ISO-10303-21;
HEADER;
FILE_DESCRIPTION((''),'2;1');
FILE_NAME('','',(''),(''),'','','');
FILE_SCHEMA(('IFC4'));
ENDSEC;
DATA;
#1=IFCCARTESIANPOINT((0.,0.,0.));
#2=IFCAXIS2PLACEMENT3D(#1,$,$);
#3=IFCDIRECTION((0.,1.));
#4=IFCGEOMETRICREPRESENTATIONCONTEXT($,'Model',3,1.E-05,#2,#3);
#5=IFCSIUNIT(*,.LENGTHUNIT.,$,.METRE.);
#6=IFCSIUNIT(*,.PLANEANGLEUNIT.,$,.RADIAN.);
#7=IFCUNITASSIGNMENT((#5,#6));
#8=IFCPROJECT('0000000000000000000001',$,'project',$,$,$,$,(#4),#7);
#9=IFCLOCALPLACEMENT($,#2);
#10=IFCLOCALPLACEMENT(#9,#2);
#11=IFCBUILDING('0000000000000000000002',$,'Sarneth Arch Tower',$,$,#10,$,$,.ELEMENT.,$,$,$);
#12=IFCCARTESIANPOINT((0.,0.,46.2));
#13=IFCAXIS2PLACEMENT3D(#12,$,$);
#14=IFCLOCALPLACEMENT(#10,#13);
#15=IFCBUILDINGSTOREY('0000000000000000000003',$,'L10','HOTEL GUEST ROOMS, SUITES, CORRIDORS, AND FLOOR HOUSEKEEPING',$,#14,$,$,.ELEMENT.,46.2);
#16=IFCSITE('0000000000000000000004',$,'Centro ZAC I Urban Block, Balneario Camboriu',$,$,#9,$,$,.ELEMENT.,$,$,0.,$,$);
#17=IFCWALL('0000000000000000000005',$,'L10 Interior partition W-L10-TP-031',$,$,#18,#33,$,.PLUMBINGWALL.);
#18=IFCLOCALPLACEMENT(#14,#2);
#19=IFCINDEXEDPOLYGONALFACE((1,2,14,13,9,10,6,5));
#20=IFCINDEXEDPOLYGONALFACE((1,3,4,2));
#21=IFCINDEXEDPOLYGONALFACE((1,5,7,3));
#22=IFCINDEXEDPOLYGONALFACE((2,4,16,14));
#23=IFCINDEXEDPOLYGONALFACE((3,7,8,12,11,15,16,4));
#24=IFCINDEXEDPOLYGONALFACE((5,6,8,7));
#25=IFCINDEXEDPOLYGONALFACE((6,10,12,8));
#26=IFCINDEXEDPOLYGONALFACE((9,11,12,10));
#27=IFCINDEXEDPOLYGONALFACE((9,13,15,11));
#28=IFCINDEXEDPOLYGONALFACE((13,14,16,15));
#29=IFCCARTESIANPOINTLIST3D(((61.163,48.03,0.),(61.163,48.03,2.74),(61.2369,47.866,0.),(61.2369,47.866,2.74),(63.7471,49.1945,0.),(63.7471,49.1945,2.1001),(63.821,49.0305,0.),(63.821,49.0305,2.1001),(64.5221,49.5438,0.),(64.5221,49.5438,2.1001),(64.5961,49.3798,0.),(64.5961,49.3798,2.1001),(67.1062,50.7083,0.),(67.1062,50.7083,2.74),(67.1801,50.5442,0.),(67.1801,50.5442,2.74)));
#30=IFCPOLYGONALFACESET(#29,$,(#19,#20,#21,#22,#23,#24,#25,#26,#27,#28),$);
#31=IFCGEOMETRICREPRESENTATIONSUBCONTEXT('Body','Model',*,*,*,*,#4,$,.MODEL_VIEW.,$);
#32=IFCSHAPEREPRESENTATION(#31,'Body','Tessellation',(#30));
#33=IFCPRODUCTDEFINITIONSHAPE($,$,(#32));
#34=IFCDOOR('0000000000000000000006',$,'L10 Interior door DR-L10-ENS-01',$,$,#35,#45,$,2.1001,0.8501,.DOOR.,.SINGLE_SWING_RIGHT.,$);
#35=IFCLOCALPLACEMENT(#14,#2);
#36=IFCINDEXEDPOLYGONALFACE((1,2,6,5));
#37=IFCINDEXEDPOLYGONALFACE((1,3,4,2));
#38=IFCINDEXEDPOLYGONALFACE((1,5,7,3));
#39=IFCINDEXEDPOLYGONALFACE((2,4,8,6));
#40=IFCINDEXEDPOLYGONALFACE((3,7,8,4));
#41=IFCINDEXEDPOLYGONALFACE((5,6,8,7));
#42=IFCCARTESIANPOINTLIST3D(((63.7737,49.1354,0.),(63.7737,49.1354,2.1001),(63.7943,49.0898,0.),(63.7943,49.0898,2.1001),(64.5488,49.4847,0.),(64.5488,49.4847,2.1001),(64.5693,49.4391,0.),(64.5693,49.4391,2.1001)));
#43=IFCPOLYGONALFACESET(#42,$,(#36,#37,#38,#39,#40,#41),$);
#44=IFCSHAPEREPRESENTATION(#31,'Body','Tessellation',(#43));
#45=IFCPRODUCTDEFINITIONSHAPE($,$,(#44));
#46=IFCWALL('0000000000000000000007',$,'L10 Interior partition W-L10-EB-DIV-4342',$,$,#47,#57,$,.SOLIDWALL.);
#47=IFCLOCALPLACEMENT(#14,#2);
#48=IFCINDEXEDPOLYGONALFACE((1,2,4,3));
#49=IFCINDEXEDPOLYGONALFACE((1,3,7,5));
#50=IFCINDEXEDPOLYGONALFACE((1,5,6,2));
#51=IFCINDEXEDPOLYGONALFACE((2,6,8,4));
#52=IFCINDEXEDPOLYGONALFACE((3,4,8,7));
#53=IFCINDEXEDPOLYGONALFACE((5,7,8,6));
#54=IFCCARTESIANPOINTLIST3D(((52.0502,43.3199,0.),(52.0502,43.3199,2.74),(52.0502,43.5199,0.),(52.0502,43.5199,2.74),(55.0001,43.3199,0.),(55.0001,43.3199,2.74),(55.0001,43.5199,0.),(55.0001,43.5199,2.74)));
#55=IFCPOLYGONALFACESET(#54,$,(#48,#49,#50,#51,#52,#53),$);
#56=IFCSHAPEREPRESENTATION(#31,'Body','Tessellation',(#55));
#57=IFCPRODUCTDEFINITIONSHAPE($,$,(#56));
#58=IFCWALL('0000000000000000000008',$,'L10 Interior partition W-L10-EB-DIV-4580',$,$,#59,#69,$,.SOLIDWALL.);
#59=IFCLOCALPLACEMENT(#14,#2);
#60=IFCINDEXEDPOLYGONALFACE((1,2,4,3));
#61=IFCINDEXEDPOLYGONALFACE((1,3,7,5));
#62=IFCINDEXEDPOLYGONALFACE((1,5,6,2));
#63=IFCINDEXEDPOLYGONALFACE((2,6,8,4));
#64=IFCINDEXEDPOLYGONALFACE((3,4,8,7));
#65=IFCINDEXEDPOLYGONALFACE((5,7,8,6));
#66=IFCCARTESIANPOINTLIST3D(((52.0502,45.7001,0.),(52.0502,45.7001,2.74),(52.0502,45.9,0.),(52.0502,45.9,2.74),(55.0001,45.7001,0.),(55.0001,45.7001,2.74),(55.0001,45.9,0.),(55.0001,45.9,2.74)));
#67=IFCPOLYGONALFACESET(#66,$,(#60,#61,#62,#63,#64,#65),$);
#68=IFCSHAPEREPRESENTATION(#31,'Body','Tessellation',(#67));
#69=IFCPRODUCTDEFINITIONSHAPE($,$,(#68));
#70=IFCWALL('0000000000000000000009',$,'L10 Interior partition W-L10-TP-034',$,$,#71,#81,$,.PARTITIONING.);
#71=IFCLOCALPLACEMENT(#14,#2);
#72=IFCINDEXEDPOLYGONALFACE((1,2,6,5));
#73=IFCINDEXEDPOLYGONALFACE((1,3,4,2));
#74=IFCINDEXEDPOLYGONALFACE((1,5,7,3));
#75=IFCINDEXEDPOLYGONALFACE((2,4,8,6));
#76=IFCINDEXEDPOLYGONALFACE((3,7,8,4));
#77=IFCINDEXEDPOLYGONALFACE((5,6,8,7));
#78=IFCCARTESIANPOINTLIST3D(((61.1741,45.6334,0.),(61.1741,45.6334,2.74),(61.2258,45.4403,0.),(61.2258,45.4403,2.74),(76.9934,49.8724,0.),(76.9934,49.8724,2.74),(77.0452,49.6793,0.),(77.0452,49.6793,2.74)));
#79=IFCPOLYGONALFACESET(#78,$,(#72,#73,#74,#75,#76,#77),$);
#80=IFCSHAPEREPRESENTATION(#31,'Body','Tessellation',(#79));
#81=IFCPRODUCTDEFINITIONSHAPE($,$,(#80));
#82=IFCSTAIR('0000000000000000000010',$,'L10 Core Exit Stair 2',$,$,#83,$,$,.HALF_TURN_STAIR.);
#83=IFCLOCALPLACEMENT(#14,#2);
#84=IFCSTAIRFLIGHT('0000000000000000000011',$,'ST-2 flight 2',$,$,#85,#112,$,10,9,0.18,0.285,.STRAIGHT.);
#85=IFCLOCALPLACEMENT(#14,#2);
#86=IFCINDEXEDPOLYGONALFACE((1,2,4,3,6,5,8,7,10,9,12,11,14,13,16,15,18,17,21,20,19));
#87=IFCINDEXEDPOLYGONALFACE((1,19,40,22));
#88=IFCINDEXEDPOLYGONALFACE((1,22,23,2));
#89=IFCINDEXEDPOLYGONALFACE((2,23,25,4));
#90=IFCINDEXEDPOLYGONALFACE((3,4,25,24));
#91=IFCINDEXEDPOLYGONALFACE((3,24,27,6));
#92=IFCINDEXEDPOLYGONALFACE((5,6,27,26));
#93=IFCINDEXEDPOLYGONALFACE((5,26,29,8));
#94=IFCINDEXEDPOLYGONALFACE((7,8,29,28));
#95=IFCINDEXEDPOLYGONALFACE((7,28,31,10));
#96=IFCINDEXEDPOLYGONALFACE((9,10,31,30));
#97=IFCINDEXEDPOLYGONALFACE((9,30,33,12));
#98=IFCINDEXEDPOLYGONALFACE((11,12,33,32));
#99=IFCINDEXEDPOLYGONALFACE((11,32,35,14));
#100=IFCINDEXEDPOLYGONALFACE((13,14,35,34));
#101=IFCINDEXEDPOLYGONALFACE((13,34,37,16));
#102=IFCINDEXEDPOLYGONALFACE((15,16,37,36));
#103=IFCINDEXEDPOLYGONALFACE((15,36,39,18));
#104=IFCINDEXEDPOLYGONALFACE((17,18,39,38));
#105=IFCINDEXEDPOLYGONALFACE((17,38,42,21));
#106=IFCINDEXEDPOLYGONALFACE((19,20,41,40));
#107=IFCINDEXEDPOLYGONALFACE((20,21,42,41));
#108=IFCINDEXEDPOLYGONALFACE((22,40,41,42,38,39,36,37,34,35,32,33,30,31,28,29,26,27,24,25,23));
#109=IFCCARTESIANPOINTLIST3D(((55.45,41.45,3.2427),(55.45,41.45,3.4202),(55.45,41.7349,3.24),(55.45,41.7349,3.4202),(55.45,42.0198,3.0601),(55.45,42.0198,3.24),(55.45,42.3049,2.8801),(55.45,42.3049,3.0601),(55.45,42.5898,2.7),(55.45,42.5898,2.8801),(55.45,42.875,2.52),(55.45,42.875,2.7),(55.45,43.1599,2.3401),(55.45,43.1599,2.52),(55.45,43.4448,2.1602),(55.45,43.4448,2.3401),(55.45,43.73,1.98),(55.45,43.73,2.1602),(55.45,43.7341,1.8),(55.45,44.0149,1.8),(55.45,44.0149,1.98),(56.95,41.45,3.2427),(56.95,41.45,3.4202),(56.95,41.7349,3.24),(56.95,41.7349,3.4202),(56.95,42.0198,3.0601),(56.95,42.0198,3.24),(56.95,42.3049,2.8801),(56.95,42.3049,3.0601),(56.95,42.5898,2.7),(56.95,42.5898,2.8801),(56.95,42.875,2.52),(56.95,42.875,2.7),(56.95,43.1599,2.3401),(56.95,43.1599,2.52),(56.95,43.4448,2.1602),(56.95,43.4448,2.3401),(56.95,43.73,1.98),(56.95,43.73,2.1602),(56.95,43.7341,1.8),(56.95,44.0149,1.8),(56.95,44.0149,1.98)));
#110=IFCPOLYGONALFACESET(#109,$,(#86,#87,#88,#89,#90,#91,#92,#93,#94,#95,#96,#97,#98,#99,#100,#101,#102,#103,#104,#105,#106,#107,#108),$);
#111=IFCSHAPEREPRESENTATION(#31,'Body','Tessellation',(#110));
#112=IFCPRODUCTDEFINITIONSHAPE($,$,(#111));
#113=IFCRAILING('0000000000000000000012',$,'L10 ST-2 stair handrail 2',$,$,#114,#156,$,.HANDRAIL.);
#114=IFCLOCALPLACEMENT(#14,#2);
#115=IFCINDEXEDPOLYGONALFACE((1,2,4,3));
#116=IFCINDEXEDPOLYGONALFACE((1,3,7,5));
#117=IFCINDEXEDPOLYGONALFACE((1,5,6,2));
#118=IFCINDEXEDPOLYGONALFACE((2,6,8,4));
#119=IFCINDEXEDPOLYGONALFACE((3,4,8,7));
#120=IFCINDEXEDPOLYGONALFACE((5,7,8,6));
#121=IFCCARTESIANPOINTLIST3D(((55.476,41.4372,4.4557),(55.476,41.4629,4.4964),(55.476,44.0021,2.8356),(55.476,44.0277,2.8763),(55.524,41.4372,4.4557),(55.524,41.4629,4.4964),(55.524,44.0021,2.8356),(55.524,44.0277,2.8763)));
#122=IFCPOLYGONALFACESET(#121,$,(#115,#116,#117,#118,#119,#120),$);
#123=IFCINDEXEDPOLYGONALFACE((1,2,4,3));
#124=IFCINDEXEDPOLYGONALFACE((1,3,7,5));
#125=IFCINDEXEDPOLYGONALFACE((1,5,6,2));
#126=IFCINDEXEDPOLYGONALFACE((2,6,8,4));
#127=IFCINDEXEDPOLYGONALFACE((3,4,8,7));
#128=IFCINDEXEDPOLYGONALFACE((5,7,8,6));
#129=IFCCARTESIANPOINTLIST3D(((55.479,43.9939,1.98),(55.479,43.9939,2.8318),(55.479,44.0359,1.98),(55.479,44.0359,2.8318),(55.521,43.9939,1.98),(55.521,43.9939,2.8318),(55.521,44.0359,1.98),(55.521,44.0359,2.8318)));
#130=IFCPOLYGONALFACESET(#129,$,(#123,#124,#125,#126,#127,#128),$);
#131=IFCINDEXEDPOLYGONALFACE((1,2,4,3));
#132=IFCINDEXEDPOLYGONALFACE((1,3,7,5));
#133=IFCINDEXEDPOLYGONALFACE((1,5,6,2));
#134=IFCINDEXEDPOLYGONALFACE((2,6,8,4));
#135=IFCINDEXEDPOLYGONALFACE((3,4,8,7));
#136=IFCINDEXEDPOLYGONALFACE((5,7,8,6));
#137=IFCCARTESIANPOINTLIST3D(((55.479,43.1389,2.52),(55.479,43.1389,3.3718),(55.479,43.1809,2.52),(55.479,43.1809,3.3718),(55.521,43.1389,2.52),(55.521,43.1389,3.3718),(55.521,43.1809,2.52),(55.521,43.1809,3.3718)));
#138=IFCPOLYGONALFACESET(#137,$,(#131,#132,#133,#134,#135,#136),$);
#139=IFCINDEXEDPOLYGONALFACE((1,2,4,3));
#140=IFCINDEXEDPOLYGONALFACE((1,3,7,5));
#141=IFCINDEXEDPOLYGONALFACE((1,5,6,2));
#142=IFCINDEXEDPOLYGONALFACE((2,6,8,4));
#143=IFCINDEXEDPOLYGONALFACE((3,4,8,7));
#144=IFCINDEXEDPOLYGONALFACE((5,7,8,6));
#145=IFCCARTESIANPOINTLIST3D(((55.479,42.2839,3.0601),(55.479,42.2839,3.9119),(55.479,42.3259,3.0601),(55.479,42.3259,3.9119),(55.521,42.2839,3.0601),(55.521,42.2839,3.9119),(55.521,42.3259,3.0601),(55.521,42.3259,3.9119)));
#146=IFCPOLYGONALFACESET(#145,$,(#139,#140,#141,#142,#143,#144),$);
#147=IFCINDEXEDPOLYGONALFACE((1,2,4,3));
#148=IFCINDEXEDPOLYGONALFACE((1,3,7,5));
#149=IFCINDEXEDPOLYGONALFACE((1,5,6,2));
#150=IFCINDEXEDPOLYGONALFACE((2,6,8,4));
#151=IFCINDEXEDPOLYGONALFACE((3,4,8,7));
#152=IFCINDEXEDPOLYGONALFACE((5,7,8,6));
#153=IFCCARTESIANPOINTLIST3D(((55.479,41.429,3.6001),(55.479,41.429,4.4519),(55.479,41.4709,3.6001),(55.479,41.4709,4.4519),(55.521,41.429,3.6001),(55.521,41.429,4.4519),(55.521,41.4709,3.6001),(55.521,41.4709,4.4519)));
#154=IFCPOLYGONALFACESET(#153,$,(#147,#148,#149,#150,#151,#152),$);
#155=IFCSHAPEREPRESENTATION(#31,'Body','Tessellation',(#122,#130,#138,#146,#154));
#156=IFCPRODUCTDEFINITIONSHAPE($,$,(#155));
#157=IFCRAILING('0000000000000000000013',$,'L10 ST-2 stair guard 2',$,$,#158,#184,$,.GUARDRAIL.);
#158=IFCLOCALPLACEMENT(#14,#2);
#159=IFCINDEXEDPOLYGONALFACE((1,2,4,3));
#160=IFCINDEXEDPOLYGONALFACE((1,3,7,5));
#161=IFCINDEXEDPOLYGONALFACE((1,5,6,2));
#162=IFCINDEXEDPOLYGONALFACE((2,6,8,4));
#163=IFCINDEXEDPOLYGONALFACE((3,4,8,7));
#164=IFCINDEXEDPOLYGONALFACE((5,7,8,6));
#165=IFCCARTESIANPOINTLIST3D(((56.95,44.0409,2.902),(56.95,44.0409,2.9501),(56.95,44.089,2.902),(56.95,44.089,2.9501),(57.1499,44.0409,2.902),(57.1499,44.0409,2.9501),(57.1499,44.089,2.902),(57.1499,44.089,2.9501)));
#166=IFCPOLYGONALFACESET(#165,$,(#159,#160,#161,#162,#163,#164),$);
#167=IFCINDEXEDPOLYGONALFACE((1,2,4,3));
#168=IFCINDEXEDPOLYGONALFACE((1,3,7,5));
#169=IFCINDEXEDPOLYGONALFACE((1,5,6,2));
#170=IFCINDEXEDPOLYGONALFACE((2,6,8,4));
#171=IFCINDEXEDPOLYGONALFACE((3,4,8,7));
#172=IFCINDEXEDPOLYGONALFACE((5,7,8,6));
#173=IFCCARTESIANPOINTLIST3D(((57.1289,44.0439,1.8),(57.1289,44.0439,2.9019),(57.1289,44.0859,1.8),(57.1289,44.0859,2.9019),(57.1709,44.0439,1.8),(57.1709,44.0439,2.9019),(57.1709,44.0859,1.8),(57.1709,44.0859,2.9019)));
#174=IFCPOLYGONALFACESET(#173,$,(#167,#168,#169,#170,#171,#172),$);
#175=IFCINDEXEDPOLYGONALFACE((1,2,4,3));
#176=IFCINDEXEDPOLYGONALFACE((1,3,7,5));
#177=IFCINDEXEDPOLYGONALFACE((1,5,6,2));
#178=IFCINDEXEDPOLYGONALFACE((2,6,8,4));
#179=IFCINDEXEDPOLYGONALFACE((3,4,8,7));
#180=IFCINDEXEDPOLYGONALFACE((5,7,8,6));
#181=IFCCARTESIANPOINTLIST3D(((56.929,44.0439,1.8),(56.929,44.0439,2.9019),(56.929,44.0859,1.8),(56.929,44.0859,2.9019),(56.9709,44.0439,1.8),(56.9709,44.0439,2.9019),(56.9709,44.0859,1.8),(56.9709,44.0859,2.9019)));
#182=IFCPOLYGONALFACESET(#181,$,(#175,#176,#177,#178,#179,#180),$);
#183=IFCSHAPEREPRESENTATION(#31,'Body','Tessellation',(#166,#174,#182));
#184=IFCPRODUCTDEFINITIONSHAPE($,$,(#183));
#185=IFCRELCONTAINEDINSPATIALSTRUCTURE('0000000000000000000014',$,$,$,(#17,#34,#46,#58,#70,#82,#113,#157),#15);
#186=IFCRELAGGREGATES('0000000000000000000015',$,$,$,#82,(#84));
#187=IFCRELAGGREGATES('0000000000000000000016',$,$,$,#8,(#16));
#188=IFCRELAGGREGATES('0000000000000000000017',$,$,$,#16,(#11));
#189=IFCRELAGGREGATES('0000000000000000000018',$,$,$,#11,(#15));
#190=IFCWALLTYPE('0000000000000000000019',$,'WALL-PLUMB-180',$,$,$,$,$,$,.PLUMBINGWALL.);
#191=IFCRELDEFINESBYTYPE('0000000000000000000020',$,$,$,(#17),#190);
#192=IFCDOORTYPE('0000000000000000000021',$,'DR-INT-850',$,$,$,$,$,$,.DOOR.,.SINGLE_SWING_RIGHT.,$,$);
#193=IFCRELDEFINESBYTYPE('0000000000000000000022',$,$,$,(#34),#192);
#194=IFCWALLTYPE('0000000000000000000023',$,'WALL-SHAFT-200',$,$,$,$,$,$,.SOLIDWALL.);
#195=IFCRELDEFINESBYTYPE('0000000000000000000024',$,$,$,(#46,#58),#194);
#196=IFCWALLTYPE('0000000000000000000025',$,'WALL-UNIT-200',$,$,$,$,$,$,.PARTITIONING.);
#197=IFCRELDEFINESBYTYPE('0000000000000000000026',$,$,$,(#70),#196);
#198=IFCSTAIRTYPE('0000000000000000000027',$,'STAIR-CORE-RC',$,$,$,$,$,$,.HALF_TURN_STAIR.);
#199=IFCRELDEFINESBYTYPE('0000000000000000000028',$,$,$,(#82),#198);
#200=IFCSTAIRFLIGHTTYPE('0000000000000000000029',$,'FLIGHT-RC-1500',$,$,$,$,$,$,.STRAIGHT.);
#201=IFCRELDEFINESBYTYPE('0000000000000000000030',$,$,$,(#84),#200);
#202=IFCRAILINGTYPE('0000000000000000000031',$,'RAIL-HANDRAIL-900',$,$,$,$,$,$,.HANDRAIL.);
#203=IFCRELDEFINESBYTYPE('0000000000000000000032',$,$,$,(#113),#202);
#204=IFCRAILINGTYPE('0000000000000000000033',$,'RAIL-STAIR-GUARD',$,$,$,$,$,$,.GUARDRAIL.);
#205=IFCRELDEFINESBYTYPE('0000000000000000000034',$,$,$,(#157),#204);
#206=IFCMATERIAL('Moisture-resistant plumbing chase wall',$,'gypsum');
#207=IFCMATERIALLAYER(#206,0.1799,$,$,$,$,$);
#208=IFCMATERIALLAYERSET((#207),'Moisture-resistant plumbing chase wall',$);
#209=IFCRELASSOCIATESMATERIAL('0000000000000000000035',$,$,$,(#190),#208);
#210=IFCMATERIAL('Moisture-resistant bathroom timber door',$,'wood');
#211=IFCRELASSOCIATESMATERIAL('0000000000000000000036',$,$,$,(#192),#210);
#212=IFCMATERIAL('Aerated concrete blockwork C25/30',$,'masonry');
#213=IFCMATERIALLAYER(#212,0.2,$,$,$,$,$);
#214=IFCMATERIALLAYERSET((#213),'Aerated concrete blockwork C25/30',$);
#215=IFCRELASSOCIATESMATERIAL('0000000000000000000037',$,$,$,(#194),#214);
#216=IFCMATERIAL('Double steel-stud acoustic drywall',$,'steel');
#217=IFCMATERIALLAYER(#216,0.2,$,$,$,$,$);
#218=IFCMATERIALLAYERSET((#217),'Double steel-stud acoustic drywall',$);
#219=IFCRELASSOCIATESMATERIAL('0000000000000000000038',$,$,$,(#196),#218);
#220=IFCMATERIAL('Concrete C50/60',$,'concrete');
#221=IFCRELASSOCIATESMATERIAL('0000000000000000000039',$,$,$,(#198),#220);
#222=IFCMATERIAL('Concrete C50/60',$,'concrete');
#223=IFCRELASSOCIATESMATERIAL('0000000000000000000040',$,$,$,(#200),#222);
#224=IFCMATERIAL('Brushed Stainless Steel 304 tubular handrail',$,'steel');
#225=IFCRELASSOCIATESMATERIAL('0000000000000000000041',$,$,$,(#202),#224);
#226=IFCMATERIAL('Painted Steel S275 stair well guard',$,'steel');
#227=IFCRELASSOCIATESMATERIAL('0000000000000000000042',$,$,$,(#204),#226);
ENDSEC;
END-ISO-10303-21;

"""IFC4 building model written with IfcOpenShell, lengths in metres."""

from ifc_helpers import new_model, si_unit, direction, frame, frame_2d, origin, origin_2d, place, context, subcontext, project, spatial, polyline, rectangle, outline, extrude, material, layer, layer_set, type_object, element, fill, aggregate, save


model = new_model("IFC4")

# Units and contexts
model_context = context("Model", 3, precision=1e-05, world=origin(), true_north=direction((0.0, 1.0)))
body_context = subcontext(model_context, "Body", "Model", "MODEL_VIEW")
ifc_project = project(units=[si_unit("LENGTHUNIT", "METRE"), si_unit("PLANEANGLEUNIT", "RADIAN")], contexts=[model_context])

# Site, building, storey
site_placement = place(None, origin())
site = spatial("IfcSite", under=ifc_project, at=site_placement, Name="Centro ZAC I Urban Block, Balneario Camboriu", CompositionType="ELEMENT", RefElevation=0.0)
building_placement = place(site_placement, origin())
building = spatial("IfcBuilding", under=site, at=building_placement, Name="Sarneth Arch Tower", CompositionType="ELEMENT")
storey_placement = place(building_placement, frame((0.0, 0.0, 46.2)))
storey = spatial("IfcBuildingStorey", under=building, at=storey_placement, Name="L10", Description="HOTEL GUEST ROOMS, SUITES, CORRIDORS, AND FLOOR HOUSEKEEPING", CompositionType="ELEMENT", Elevation=46.2)

# Wall, opening, door
ifc_material_1 = material(Name="Moisture-resistant plumbing chase wall", Category="gypsum")
ifc_layer_1 = layer(ifc_material_1, 0.1799)
ifc_layer_set_1 = layer_set([ifc_layer_1], Name="Moisture-resistant plumbing chase wall")
wall_type_1 = type_object("IfcWallType", Name="WALL-PLUMB-180", PredefinedType="PLUMBINGWALL", material=ifc_layer_set_1)
wall_1_placement = place(storey_placement, frame((67.1431, 50.6262, 0.0), z_axis=(0.0, 0.0, 1.0), x_axis=(-0.911702, -0.410852, 0.0)))
wall_1 = element("IfcWall", 1, at=wall_1_placement, inside=storey, type_object=wall_type_1, Name="L10 Interior partition W-L10-TP-031", PredefinedType="PLUMBINGWALL", context=body_context, shape_type="SweptSolid", body=[
    extrude(rectangle(XDim=6.5188, YDim=0.1799, at=frame_2d((3.2593, 0.0))), origin(), (0.0, 0.0, 1.0), 2.74),
])
opening_1_placement = place(wall_1_placement, frame((2.8342, 0.0, 0.0)))
opening_1 = element("IfcOpeningElement", 2, at=opening_1_placement, cuts=wall_1, PredefinedType="OPENING", context=body_context, shape_type="SweptSolid", body=[
    extrude(rectangle(XDim=0.8501, YDim=2.1001, at=frame_2d((0.425, 1.05))), frame((0.0, 0.0999, 0.0), z_axis=(0.0, -1.0, 0.0), x_axis=(1.0, 0.0, 0.0)), (0.0, 0.0, 1.0), 0.2),
])
ifc_material_2 = material(Name="Moisture-resistant bathroom timber door", Category="wood")
door_type_1 = type_object("IfcDoorType", Name="DR-INT-850", OperationType="SINGLE_SWING_RIGHT", PredefinedType="DOOR", material=ifc_material_2)
door_1_placement = place(opening_1_placement, origin())
door_1 = element("IfcDoor", 3, at=door_1_placement, inside=storey, type_object=door_type_1, Name="L10 Interior door DR-L10-ENS-01", OperationType="SINGLE_SWING_RIGHT", OverallHeight=2.1001, OverallWidth=0.8501, PredefinedType="DOOR", context=body_context, shape_type="SweptSolid", body=[
    extrude(rectangle(XDim=0.8501, YDim=2.1001, at=frame_2d((0.425, 1.05))), frame((0.0, 0.0249, 0.0), z_axis=(0.0, -1.0, 0.0), x_axis=(1.0, 0.0, 0.0)), (0.0, 0.0, 1.0), 0.05),
])
fill(opening_1, door_1)

# Walls
ifc_material_3 = material(Name="Aerated concrete blockwork C25/30", Category="masonry")
ifc_layer_2 = layer(ifc_material_3, 0.2)
ifc_layer_set_2 = layer_set([ifc_layer_2], Name="Aerated concrete blockwork C25/30")
wall_type_2 = type_object("IfcWallType", Name="WALL-SHAFT-200", PredefinedType="SOLIDWALL", material=ifc_layer_set_2)
for number, where, z_axis, x_axis, name in (
    (4, (52.05, 43.4199, 0.0), (0.0, 0.0, 1.0), (1.0, 0.0, 0.0), "L10 Interior partition W-L10-EB-DIV-4342"),
    (5, (52.05, 45.8, 0.0), (0.0, 0.0, 1.0), (1.0, 0.0, 0.0), "L10 Interior partition W-L10-EB-DIV-4580"),
):
    element("IfcWall", number, at=place(storey_placement, frame(where, z_axis=z_axis, x_axis=x_axis)), inside=storey, type_object=wall_type_2, Name=name, PredefinedType="SOLIDWALL", context=body_context, shape_type="SweptSolid", body=[
        extrude(rectangle(XDim=2.95, YDim=0.2, at=frame_2d((1.4751, 0.0))), origin(), (0.0, 0.0, 1.0), 2.74),
    ])
ifc_material_4 = material(Name="Double steel-stud acoustic drywall", Category="steel")
ifc_layer_3 = layer(ifc_material_4, 0.2)
ifc_layer_set_3 = layer_set([ifc_layer_3], Name="Double steel-stud acoustic drywall")
wall_type_3 = type_object("IfcWallType", Name="WALL-UNIT-200", PredefinedType="PARTITIONING", material=ifc_layer_set_3)
wall_2_placement = place(storey_placement, frame((61.2, 45.5369, 0.0), z_axis=(0.0, 0.0, 1.0), x_axis=(0.965922, 0.258832, 0.0)))
element("IfcWall", 6, at=wall_2_placement, inside=storey, type_object=wall_type_3, Name="L10 Interior partition W-L10-TP-034", PredefinedType="PARTITIONING", context=body_context, shape_type="SweptSolid", body=[
    extrude(rectangle(XDim=16.3774, YDim=0.2, at=frame_2d((8.1887, 0.0))), origin(), (0.0, 0.0, 1.0), 2.74),
])

# Stair, stair flight
ifc_material_5 = material(Name="Concrete C50/60", Category="concrete")
stair_type = type_object("IfcStairType", Name="STAIR-CORE-RC", PredefinedType="HALF_TURN_STAIR", material=ifc_material_5)
stair_placement = place(storey_placement, origin())
stair = element("IfcStair", 7, at=stair_placement, inside=storey, type_object=stair_type, Name="L10 Core Exit Stair 2", PredefinedType="HALF_TURN_STAIR")
ifc_material_6 = material(Name="Concrete C50/60", Category="concrete")
stair_flight_type = type_object("IfcStairFlightType", Name="FLIGHT-RC-1500", PredefinedType="STRAIGHT", material=ifc_material_6)
stair_flight_placement = place(storey_placement, frame((56.2, 44.0149, 1.8), z_axis=(0.0, 0.0, 1.0), x_axis=(0.0, -1.0, 0.0)))
stair_flight = element("IfcStairFlight", 8, at=stair_flight_placement, type_object=stair_flight_type, Name="ST-2 flight 2", NumberOfRisers=10, NumberOfTreads=9, PredefinedType="STRAIGHT", RiserHeight=0.18, TreadLength=0.285, context=body_context, shape_type="SweptSolid", body=[
    extrude(outline(polyline([(0.0, 0.0), (0.0, 0.1799), (0.2849, 0.1799), (0.2849, 0.3601), (0.5701, 0.3601), (0.5701, 0.54), (0.855, 0.54), (0.855, 0.72), (1.1399, 0.72), (1.1399, 0.8999), (1.425, 0.8999), (1.425, 1.0801), (1.71, 1.0801), (1.71, 1.26), (1.9951, 1.26), (1.9951, 1.4399), (2.28, 1.4399), (2.28, 1.6201), (2.5649, 1.6201), (2.5649, 1.8), (2.5649, 1.4426), (0.2808, 0.0), (0.0, 0.0)])), frame((0.0, 0.75, 0.0), z_axis=(0.0, -1.0, 0.0), x_axis=(1.0, 0.0, 0.0)), (0.0, 0.0, 1.0), 1.5),
])
aggregate(stair, [stair_flight])

# Railings
ifc_material_7 = material(Name="Brushed Stainless Steel 304 tubular handrail", Category="steel")
railing_type_1 = type_object("IfcRailingType", Name="RAIL-HANDRAIL-900", PredefinedType="HANDRAIL", material=ifc_material_7)
railing_1_placement = place(storey_placement, frame((55.5, 44.0149, 1.98)))
element("IfcRailing", 9, at=railing_1_placement, inside=storey, type_object=railing_type_1, Name="L10 ST-2 stair handrail 2", PredefinedType="HANDRAIL", context=body_context, shape_type="SweptSolid", body=[
    extrude(rectangle(XDim=0.0481, YDim=0.0481, at=origin_2d()), frame((0.0, 0.0, 0.876), z_axis=(0.0, -0.845466, 0.534029), x_axis=(1.0, 0.0, 0.0)), (0.0, 0.0, 1.0), 3.0337),
    extrude(rectangle(XDim=0.042, YDim=0.042, at=origin_2d()), origin(), (0.0, 0.0, 1.0), 0.8518),
    extrude(rectangle(XDim=0.042, YDim=0.042, at=origin_2d()), frame((0.0, -0.855, 0.54)), (0.0, 0.0, 1.0), 0.8518),
    extrude(rectangle(XDim=0.042, YDim=0.042, at=origin_2d()), frame((0.0, -1.71, 1.0801)), (0.0, 0.0, 1.0), 0.8518),
    extrude(rectangle(XDim=0.042, YDim=0.042, at=origin_2d()), frame((0.0, -2.5649, 1.6201)), (0.0, 0.0, 1.0), 0.8518),
])
ifc_material_8 = material(Name="Painted Steel S275 stair well guard", Category="steel")
railing_type_2 = type_object("IfcRailingType", Name="RAIL-STAIR-GUARD", PredefinedType="GUARDRAIL", material=ifc_material_8)
railing_2_placement = place(storey_placement, frame((57.1499, 44.0649, 1.8)))
element("IfcRailing", 10, at=railing_2_placement, inside=storey, type_object=railing_type_2, Name="L10 ST-2 stair guard 2", PredefinedType="GUARDRAIL", context=body_context, shape_type="SweptSolid", body=[
    extrude(rectangle(XDim=0.0481, YDim=0.0481, at=origin_2d()), frame((0.0, 0.0, 1.126), z_axis=(-1.0, 0.0, 0.0), x_axis=(0.0, -1.0, 0.0)), (0.0, 0.0, 1.0), 0.2),
    extrude(rectangle(XDim=0.042, YDim=0.042, at=origin_2d()), origin(), (0.0, 0.0, 1.0), 1.1018),
    extrude(rectangle(XDim=0.042, YDim=0.042, at=origin_2d()), frame((-0.2, 0.0, 0.0)), (0.0, 0.0, 1.0), 1.1018),
])

save(model, "model.ifc")
